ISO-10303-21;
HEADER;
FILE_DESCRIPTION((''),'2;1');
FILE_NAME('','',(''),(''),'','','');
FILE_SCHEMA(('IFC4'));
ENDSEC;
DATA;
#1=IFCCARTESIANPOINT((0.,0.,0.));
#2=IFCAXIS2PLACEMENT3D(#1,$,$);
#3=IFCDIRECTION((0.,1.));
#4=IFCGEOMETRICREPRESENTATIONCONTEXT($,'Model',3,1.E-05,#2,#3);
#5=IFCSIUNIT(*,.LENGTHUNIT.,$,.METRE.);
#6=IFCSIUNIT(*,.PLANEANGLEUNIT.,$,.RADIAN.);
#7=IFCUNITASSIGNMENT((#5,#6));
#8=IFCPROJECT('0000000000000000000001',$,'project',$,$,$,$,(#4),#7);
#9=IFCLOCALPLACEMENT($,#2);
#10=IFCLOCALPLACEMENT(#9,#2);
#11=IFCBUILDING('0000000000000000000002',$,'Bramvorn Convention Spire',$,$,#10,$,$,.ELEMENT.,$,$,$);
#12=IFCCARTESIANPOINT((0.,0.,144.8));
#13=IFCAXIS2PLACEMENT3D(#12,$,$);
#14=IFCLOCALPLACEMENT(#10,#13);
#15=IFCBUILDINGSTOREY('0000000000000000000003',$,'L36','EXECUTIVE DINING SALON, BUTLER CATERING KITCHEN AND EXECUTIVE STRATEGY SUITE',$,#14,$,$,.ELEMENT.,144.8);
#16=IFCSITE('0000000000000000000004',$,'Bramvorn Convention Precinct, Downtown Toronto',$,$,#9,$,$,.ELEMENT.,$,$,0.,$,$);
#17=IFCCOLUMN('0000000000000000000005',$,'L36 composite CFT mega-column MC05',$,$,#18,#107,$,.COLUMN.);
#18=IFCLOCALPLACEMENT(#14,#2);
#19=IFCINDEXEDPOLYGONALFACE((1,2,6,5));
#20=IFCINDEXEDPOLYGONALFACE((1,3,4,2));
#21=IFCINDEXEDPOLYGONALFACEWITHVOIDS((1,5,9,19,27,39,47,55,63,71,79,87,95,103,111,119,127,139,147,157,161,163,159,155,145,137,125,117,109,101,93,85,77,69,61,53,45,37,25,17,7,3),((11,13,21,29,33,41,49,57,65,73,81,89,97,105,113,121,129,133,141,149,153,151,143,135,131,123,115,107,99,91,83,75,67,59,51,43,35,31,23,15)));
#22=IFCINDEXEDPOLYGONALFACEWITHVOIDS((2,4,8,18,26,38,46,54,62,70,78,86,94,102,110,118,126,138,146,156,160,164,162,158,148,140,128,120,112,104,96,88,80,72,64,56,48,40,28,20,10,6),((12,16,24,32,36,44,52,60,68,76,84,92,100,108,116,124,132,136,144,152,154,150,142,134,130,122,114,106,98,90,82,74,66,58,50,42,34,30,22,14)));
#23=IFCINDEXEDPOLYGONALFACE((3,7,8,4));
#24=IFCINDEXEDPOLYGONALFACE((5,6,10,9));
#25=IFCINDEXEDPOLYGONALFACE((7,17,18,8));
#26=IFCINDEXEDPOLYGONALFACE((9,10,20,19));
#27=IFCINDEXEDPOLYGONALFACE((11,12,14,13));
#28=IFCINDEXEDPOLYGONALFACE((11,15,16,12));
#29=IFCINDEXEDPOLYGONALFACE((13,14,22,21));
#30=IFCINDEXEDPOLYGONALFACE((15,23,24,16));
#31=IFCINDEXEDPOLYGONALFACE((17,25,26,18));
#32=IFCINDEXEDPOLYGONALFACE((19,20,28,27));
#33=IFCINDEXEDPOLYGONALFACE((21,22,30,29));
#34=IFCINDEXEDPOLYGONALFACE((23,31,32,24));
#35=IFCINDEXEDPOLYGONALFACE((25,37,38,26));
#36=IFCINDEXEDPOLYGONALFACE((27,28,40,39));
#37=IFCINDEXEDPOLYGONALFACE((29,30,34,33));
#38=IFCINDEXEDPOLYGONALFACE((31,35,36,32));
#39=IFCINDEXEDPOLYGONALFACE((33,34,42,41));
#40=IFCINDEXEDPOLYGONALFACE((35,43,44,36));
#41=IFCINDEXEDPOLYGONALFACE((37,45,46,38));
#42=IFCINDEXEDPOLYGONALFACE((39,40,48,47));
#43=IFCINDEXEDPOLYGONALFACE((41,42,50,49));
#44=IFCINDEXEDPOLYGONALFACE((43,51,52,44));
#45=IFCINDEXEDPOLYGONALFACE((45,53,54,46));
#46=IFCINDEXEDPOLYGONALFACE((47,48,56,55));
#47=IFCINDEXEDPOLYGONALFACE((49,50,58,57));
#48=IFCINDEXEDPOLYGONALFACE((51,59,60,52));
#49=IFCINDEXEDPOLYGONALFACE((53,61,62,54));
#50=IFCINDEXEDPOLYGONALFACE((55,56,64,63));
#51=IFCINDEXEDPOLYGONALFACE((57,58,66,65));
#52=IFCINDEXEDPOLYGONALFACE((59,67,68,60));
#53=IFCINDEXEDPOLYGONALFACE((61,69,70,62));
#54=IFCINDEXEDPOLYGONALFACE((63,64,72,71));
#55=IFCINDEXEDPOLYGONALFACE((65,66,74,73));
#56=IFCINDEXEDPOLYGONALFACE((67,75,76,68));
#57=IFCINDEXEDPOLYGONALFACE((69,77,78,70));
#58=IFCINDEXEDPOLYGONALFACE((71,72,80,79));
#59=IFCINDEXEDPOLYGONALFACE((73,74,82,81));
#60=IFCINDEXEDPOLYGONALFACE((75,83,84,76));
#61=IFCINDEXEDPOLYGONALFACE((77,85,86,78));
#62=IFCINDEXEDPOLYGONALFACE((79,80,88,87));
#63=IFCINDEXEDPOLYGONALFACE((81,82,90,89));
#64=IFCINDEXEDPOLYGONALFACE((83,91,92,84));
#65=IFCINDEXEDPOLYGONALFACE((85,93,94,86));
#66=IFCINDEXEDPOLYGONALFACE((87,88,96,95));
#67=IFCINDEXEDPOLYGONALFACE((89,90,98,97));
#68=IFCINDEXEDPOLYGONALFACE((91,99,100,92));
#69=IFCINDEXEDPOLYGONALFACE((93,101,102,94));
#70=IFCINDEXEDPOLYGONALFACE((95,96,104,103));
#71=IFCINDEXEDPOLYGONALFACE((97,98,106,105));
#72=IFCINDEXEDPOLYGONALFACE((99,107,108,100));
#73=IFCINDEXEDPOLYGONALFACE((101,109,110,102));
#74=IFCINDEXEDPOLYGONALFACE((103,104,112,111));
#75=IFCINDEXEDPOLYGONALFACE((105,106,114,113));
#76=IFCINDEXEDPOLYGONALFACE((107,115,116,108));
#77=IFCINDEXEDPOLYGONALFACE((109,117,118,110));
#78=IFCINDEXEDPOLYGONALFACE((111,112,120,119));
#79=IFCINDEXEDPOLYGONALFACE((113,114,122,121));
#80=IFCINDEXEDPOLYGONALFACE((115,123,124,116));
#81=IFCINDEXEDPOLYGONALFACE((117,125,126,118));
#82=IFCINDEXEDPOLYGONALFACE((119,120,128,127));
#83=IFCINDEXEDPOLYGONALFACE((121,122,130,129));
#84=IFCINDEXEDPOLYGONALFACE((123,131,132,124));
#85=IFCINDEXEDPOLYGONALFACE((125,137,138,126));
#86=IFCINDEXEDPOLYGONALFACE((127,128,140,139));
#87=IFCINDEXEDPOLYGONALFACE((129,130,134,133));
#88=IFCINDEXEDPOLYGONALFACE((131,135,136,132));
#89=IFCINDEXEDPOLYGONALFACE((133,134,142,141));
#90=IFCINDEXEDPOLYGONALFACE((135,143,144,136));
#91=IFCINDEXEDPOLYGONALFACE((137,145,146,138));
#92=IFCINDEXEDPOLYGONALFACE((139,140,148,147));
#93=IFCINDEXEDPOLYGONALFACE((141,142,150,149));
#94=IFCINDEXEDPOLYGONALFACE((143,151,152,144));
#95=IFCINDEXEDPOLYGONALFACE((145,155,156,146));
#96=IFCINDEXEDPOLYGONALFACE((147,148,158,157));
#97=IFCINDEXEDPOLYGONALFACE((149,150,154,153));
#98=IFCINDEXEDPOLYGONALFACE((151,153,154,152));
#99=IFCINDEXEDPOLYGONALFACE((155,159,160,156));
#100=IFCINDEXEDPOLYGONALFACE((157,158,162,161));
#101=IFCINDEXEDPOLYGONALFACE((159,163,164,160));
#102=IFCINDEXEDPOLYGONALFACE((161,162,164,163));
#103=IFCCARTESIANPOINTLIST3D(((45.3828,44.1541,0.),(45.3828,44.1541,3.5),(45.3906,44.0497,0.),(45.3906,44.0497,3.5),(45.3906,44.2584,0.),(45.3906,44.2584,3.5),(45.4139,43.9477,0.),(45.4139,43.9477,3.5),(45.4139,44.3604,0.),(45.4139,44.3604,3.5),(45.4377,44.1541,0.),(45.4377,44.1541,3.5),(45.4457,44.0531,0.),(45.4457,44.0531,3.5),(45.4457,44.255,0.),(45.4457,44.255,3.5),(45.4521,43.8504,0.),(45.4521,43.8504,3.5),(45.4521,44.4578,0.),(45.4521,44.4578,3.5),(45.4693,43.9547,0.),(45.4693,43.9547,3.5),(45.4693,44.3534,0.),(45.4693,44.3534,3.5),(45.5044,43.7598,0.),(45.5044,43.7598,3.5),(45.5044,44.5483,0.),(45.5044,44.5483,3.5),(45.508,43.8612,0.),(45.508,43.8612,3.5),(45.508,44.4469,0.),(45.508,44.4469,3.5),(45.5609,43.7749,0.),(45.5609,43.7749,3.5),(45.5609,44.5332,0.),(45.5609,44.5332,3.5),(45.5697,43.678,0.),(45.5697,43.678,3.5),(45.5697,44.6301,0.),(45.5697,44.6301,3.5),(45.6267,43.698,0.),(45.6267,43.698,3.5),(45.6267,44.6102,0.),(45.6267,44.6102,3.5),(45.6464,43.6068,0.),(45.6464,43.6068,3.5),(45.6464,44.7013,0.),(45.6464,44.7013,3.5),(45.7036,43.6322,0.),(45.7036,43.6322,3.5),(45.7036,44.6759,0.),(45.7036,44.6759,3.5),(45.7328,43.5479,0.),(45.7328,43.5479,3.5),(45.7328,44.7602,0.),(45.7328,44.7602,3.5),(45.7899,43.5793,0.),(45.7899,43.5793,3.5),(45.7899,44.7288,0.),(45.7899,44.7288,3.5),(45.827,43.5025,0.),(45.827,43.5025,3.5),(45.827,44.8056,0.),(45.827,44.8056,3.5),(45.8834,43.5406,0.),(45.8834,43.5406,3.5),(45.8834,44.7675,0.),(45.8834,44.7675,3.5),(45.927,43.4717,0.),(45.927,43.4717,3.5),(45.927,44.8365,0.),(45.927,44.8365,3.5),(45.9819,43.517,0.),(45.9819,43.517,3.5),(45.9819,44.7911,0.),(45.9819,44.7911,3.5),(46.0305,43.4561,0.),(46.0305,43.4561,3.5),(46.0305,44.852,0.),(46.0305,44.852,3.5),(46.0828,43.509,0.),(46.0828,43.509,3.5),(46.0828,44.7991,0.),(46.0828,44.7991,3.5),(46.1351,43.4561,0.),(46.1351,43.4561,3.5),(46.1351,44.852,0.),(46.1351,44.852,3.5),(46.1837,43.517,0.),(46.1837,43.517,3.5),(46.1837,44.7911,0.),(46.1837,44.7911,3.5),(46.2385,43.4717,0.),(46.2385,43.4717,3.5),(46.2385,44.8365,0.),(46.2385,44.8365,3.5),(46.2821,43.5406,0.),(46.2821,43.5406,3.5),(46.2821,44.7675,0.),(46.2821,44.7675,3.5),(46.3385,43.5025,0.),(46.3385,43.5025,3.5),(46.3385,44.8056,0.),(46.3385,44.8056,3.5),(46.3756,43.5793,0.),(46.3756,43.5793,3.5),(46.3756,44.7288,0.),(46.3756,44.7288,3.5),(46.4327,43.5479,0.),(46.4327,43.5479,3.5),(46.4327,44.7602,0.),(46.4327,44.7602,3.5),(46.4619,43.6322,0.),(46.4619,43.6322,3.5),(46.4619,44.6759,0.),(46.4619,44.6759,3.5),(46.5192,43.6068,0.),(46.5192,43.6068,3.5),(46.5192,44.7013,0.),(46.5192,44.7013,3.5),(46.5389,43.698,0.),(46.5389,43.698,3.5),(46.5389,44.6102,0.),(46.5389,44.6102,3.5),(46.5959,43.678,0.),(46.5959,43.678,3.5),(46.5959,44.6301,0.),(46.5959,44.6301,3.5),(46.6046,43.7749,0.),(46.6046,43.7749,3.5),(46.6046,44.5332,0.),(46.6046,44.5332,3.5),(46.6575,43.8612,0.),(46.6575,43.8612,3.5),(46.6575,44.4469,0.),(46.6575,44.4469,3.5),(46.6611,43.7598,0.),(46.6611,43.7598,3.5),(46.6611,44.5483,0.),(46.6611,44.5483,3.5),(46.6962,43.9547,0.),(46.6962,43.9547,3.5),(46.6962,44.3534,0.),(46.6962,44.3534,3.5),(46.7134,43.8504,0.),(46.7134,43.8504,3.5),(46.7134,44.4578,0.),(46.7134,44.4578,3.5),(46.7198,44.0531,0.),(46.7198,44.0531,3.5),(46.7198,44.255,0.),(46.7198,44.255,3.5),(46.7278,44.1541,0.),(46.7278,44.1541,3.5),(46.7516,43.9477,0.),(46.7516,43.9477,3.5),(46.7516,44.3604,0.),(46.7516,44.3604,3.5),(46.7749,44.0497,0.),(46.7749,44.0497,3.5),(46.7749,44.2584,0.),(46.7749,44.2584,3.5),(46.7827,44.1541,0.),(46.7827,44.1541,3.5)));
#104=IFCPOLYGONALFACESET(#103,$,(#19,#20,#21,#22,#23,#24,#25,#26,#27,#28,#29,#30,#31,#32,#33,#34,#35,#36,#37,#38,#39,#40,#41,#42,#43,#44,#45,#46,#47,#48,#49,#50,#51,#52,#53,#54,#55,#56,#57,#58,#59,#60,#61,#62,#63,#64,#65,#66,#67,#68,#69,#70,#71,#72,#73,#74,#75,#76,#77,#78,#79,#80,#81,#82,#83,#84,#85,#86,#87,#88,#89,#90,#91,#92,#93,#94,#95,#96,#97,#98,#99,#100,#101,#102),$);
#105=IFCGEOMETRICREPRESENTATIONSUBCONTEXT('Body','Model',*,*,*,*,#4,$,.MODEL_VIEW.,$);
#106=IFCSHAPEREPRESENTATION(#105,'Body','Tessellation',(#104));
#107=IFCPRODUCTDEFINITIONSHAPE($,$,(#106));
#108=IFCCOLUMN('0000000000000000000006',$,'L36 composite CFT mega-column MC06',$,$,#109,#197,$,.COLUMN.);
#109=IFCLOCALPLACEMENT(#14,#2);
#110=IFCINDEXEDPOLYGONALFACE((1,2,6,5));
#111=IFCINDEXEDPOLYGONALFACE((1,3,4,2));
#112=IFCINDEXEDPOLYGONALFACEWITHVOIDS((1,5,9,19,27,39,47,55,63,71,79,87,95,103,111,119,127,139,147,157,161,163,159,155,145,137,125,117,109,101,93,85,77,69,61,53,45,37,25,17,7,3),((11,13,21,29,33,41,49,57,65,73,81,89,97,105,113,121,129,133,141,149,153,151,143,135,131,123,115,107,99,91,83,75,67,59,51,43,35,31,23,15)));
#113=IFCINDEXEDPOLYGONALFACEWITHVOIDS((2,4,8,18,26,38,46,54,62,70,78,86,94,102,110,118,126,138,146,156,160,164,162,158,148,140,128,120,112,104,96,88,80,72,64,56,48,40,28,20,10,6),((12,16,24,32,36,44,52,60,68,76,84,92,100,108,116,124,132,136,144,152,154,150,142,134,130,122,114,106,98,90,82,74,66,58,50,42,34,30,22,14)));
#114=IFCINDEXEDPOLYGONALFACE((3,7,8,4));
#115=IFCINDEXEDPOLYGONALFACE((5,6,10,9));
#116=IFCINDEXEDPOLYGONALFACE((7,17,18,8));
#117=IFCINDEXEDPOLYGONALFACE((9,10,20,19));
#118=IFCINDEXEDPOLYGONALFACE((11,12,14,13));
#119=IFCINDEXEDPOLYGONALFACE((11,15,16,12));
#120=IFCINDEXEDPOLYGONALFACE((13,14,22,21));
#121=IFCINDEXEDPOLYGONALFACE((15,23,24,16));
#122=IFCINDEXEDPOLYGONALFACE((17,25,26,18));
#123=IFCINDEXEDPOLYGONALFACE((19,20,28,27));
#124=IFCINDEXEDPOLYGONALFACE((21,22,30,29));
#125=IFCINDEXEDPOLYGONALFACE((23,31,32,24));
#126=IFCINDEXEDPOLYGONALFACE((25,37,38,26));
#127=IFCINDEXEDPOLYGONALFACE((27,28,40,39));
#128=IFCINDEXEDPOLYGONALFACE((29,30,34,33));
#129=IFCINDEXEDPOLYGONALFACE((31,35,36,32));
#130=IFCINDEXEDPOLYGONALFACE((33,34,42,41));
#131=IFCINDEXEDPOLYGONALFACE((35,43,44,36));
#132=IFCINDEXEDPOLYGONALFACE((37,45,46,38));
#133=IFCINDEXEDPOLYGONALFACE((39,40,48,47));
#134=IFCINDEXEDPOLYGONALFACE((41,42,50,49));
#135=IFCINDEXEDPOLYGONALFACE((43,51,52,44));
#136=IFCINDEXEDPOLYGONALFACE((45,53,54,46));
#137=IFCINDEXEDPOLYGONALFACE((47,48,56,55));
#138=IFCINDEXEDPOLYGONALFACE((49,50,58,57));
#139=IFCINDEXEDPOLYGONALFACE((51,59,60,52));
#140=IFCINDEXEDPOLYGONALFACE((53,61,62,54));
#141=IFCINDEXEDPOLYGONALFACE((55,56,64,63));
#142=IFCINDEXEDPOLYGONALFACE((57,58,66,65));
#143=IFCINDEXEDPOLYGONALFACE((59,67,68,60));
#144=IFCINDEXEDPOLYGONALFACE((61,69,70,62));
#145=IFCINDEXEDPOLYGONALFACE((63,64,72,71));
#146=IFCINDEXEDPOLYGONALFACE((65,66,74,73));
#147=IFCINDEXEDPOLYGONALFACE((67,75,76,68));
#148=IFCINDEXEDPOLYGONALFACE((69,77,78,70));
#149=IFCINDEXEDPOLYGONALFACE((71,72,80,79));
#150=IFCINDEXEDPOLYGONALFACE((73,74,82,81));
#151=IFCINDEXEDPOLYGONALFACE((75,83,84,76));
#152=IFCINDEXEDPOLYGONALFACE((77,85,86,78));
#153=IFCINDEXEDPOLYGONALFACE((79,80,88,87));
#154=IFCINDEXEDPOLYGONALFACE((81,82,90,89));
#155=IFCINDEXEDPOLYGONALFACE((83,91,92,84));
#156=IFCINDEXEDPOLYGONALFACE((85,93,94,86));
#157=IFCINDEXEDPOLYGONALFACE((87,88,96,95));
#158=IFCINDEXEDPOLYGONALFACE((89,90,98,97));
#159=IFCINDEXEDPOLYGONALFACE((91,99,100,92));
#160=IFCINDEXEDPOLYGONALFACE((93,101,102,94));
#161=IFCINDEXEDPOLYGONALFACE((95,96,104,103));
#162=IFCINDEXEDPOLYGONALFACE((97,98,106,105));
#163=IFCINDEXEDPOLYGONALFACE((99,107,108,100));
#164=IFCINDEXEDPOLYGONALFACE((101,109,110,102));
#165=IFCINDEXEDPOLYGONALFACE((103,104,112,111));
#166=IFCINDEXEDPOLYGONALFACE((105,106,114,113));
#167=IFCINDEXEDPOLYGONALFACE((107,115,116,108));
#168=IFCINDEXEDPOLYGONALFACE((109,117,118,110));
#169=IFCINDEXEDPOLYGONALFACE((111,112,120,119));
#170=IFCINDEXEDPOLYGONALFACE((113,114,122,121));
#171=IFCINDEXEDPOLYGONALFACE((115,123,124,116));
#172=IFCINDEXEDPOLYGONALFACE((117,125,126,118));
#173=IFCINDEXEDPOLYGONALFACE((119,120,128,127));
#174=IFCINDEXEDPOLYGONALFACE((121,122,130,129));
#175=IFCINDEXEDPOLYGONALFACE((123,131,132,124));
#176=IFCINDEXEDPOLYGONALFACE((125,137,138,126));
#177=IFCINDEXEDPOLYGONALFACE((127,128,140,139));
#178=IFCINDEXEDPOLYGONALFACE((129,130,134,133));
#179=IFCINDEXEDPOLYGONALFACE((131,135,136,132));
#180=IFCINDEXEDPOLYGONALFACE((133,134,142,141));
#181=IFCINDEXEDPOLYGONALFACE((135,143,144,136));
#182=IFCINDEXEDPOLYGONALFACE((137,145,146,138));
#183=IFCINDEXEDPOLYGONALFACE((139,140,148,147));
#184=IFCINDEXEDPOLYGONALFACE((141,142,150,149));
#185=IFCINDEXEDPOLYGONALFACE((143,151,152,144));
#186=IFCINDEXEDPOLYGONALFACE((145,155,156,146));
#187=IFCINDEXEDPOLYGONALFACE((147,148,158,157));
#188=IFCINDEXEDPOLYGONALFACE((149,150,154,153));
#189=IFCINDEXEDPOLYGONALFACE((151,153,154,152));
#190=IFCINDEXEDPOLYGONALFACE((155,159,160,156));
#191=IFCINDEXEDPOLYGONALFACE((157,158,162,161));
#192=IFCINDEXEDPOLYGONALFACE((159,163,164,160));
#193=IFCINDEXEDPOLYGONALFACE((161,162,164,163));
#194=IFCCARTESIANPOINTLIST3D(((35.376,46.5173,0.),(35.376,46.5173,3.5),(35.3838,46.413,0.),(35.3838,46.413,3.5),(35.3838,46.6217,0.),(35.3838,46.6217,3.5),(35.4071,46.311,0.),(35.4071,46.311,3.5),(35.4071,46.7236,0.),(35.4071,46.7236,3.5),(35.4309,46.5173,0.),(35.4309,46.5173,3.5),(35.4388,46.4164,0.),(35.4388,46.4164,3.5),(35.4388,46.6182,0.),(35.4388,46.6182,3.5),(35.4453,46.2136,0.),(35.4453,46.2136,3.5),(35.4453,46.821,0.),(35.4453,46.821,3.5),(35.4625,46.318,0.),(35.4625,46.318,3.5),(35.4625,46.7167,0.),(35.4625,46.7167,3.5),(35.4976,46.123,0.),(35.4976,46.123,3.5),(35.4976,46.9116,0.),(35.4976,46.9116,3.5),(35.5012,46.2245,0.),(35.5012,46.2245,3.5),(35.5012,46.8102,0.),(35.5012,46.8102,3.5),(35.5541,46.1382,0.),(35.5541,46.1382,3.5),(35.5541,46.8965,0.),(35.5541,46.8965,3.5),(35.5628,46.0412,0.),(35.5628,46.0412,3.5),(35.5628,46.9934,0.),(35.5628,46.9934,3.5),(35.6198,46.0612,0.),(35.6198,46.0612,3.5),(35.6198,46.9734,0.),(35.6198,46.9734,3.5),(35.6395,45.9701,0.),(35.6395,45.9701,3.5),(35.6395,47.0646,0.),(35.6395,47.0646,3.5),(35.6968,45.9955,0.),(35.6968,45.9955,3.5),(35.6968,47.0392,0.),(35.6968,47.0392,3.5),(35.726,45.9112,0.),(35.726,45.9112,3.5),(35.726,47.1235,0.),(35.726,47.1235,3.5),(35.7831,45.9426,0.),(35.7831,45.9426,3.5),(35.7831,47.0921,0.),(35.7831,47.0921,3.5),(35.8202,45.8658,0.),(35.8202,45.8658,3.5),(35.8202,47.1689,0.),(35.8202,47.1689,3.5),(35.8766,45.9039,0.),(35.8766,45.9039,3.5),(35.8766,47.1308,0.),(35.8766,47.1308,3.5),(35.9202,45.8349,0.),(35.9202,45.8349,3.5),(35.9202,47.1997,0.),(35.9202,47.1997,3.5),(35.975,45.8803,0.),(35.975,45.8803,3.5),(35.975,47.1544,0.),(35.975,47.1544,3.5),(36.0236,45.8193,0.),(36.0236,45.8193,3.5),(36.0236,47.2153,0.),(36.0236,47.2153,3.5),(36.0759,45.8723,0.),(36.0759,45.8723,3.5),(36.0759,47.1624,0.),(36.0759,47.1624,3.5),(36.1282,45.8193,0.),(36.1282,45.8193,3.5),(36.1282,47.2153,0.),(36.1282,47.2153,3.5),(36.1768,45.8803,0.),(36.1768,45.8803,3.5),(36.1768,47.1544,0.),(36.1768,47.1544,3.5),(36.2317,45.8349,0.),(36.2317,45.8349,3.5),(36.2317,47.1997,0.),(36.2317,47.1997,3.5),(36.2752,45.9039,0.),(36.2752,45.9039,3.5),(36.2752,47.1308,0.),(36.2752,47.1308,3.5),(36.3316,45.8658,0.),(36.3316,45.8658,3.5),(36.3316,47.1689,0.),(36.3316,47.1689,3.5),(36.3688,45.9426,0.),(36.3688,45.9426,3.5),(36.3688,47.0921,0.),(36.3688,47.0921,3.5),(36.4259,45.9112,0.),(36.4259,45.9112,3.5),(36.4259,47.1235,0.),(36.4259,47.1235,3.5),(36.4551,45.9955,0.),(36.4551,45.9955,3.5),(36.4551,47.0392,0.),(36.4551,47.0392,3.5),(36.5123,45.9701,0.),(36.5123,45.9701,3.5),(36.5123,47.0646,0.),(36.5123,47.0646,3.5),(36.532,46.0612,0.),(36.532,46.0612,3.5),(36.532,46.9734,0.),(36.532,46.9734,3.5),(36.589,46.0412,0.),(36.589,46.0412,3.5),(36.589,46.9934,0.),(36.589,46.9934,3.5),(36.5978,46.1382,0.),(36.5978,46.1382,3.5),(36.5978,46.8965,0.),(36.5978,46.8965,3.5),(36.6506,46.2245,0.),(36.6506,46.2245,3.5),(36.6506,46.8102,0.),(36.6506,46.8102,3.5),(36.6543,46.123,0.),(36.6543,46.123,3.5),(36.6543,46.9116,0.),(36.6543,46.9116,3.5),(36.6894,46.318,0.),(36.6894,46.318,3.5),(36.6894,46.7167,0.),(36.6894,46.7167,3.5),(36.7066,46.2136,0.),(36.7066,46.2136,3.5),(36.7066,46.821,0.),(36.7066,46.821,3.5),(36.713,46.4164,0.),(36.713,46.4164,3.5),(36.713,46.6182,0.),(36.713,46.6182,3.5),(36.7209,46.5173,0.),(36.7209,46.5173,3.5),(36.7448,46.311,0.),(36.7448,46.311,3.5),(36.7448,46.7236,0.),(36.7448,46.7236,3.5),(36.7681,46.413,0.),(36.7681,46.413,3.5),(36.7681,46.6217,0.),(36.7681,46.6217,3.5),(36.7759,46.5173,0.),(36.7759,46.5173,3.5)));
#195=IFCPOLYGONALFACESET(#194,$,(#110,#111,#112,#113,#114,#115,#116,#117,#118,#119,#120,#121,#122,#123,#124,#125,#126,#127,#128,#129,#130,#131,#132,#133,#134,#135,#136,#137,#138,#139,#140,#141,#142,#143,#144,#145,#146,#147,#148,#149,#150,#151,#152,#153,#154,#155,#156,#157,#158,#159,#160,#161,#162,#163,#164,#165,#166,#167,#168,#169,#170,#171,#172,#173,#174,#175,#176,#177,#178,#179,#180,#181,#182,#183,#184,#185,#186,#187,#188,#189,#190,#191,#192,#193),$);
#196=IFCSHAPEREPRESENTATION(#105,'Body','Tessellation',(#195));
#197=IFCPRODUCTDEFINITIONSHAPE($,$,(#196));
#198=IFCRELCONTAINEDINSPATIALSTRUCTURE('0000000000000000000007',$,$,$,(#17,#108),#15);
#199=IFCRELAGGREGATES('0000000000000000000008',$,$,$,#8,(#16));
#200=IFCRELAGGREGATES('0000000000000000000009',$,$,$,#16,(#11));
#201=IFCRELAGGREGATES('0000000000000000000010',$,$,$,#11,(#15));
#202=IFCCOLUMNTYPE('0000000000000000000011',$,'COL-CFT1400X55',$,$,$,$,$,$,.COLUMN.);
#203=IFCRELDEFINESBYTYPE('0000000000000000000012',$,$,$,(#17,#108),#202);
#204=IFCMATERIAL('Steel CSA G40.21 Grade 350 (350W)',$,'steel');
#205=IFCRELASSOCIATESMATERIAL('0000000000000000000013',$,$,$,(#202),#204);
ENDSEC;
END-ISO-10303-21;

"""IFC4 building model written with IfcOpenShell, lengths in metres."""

from ifc_helpers import new_model, si_unit, direction, frame, origin, origin_2d, place, context, subcontext, project, spatial, hollow_circle, extrude, material, material_profile, profile_set, type_object, element, save


model = new_model("IFC4")

# Units and contexts
model_context = context("Model", 3, precision=1e-05, world=origin(), true_north=direction((0.0, 1.0)))
body_context = subcontext(model_context, "Body", "Model", "MODEL_VIEW")
ifc_project = project(units=[si_unit("LENGTHUNIT", "METRE"), si_unit("PLANEANGLEUNIT", "RADIAN")], contexts=[model_context])

# Site, building, storey
site_placement = place(None, origin())
site = spatial("IfcSite", under=ifc_project, at=site_placement, Name="Bramvorn Convention Precinct, Downtown Toronto", CompositionType="ELEMENT", RefElevation=0.0)
building_placement = place(site_placement, origin())
building = spatial("IfcBuilding", under=site, at=building_placement, Name="Bramvorn Convention Spire", CompositionType="ELEMENT")
storey_placement = place(building_placement, frame((0.0, 0.0, 144.8)))
storey = spatial("IfcBuildingStorey", under=building, at=storey_placement, Name="L36", Description="EXECUTIVE DINING SALON, BUTLER CATERING KITCHEN AND EXECUTIVE STRATEGY SUITE", CompositionType="ELEMENT", Elevation=144.8)

# Columns
ifc_material_1 = material(Name="Steel CSA G40.21 Grade 350 (350W)", Category="steel")
ifc_material_profile_1 = material_profile(ifc_material_1, hollow_circle(Radius=0.7, WallThickness=0.0549, at=origin_2d()))
ifc_profile_set_1 = profile_set([ifc_material_profile_1], Name="Steel CSA G40.21 Grade 350 (350W) - CFT1400X55")
column_type = type_object("IfcColumnType", Name="COL-CFT1400X55", PredefinedType="COLUMN", material=ifc_profile_set_1)
for number, where, z_axis, x_axis, name in (
    (1, (46.0828, 44.1541, 0.0), (0.0, 0.0, 1.0), (1.0, 0.0, 0.0), "L36 composite CFT mega-column MC05"),
    (2, (36.0759, 46.5173, 0.0), (0.0, 0.0, 1.0), (1.0, 0.0, 0.0), "L36 composite CFT mega-column MC06"),
):
    element("IfcColumn", number, at=place(storey_placement, frame(where, z_axis=z_axis, x_axis=x_axis)), inside=storey, type_object=column_type, Name=name, PredefinedType="COLUMN", context=body_context, shape_type="SweptSolid", body=[
        extrude(hollow_circle(Radius=0.7, WallThickness=0.0549, at=origin_2d()), origin(), (0.0, 0.0, 1.0), 3.5),
    ])

save(model, "model.ifc")
